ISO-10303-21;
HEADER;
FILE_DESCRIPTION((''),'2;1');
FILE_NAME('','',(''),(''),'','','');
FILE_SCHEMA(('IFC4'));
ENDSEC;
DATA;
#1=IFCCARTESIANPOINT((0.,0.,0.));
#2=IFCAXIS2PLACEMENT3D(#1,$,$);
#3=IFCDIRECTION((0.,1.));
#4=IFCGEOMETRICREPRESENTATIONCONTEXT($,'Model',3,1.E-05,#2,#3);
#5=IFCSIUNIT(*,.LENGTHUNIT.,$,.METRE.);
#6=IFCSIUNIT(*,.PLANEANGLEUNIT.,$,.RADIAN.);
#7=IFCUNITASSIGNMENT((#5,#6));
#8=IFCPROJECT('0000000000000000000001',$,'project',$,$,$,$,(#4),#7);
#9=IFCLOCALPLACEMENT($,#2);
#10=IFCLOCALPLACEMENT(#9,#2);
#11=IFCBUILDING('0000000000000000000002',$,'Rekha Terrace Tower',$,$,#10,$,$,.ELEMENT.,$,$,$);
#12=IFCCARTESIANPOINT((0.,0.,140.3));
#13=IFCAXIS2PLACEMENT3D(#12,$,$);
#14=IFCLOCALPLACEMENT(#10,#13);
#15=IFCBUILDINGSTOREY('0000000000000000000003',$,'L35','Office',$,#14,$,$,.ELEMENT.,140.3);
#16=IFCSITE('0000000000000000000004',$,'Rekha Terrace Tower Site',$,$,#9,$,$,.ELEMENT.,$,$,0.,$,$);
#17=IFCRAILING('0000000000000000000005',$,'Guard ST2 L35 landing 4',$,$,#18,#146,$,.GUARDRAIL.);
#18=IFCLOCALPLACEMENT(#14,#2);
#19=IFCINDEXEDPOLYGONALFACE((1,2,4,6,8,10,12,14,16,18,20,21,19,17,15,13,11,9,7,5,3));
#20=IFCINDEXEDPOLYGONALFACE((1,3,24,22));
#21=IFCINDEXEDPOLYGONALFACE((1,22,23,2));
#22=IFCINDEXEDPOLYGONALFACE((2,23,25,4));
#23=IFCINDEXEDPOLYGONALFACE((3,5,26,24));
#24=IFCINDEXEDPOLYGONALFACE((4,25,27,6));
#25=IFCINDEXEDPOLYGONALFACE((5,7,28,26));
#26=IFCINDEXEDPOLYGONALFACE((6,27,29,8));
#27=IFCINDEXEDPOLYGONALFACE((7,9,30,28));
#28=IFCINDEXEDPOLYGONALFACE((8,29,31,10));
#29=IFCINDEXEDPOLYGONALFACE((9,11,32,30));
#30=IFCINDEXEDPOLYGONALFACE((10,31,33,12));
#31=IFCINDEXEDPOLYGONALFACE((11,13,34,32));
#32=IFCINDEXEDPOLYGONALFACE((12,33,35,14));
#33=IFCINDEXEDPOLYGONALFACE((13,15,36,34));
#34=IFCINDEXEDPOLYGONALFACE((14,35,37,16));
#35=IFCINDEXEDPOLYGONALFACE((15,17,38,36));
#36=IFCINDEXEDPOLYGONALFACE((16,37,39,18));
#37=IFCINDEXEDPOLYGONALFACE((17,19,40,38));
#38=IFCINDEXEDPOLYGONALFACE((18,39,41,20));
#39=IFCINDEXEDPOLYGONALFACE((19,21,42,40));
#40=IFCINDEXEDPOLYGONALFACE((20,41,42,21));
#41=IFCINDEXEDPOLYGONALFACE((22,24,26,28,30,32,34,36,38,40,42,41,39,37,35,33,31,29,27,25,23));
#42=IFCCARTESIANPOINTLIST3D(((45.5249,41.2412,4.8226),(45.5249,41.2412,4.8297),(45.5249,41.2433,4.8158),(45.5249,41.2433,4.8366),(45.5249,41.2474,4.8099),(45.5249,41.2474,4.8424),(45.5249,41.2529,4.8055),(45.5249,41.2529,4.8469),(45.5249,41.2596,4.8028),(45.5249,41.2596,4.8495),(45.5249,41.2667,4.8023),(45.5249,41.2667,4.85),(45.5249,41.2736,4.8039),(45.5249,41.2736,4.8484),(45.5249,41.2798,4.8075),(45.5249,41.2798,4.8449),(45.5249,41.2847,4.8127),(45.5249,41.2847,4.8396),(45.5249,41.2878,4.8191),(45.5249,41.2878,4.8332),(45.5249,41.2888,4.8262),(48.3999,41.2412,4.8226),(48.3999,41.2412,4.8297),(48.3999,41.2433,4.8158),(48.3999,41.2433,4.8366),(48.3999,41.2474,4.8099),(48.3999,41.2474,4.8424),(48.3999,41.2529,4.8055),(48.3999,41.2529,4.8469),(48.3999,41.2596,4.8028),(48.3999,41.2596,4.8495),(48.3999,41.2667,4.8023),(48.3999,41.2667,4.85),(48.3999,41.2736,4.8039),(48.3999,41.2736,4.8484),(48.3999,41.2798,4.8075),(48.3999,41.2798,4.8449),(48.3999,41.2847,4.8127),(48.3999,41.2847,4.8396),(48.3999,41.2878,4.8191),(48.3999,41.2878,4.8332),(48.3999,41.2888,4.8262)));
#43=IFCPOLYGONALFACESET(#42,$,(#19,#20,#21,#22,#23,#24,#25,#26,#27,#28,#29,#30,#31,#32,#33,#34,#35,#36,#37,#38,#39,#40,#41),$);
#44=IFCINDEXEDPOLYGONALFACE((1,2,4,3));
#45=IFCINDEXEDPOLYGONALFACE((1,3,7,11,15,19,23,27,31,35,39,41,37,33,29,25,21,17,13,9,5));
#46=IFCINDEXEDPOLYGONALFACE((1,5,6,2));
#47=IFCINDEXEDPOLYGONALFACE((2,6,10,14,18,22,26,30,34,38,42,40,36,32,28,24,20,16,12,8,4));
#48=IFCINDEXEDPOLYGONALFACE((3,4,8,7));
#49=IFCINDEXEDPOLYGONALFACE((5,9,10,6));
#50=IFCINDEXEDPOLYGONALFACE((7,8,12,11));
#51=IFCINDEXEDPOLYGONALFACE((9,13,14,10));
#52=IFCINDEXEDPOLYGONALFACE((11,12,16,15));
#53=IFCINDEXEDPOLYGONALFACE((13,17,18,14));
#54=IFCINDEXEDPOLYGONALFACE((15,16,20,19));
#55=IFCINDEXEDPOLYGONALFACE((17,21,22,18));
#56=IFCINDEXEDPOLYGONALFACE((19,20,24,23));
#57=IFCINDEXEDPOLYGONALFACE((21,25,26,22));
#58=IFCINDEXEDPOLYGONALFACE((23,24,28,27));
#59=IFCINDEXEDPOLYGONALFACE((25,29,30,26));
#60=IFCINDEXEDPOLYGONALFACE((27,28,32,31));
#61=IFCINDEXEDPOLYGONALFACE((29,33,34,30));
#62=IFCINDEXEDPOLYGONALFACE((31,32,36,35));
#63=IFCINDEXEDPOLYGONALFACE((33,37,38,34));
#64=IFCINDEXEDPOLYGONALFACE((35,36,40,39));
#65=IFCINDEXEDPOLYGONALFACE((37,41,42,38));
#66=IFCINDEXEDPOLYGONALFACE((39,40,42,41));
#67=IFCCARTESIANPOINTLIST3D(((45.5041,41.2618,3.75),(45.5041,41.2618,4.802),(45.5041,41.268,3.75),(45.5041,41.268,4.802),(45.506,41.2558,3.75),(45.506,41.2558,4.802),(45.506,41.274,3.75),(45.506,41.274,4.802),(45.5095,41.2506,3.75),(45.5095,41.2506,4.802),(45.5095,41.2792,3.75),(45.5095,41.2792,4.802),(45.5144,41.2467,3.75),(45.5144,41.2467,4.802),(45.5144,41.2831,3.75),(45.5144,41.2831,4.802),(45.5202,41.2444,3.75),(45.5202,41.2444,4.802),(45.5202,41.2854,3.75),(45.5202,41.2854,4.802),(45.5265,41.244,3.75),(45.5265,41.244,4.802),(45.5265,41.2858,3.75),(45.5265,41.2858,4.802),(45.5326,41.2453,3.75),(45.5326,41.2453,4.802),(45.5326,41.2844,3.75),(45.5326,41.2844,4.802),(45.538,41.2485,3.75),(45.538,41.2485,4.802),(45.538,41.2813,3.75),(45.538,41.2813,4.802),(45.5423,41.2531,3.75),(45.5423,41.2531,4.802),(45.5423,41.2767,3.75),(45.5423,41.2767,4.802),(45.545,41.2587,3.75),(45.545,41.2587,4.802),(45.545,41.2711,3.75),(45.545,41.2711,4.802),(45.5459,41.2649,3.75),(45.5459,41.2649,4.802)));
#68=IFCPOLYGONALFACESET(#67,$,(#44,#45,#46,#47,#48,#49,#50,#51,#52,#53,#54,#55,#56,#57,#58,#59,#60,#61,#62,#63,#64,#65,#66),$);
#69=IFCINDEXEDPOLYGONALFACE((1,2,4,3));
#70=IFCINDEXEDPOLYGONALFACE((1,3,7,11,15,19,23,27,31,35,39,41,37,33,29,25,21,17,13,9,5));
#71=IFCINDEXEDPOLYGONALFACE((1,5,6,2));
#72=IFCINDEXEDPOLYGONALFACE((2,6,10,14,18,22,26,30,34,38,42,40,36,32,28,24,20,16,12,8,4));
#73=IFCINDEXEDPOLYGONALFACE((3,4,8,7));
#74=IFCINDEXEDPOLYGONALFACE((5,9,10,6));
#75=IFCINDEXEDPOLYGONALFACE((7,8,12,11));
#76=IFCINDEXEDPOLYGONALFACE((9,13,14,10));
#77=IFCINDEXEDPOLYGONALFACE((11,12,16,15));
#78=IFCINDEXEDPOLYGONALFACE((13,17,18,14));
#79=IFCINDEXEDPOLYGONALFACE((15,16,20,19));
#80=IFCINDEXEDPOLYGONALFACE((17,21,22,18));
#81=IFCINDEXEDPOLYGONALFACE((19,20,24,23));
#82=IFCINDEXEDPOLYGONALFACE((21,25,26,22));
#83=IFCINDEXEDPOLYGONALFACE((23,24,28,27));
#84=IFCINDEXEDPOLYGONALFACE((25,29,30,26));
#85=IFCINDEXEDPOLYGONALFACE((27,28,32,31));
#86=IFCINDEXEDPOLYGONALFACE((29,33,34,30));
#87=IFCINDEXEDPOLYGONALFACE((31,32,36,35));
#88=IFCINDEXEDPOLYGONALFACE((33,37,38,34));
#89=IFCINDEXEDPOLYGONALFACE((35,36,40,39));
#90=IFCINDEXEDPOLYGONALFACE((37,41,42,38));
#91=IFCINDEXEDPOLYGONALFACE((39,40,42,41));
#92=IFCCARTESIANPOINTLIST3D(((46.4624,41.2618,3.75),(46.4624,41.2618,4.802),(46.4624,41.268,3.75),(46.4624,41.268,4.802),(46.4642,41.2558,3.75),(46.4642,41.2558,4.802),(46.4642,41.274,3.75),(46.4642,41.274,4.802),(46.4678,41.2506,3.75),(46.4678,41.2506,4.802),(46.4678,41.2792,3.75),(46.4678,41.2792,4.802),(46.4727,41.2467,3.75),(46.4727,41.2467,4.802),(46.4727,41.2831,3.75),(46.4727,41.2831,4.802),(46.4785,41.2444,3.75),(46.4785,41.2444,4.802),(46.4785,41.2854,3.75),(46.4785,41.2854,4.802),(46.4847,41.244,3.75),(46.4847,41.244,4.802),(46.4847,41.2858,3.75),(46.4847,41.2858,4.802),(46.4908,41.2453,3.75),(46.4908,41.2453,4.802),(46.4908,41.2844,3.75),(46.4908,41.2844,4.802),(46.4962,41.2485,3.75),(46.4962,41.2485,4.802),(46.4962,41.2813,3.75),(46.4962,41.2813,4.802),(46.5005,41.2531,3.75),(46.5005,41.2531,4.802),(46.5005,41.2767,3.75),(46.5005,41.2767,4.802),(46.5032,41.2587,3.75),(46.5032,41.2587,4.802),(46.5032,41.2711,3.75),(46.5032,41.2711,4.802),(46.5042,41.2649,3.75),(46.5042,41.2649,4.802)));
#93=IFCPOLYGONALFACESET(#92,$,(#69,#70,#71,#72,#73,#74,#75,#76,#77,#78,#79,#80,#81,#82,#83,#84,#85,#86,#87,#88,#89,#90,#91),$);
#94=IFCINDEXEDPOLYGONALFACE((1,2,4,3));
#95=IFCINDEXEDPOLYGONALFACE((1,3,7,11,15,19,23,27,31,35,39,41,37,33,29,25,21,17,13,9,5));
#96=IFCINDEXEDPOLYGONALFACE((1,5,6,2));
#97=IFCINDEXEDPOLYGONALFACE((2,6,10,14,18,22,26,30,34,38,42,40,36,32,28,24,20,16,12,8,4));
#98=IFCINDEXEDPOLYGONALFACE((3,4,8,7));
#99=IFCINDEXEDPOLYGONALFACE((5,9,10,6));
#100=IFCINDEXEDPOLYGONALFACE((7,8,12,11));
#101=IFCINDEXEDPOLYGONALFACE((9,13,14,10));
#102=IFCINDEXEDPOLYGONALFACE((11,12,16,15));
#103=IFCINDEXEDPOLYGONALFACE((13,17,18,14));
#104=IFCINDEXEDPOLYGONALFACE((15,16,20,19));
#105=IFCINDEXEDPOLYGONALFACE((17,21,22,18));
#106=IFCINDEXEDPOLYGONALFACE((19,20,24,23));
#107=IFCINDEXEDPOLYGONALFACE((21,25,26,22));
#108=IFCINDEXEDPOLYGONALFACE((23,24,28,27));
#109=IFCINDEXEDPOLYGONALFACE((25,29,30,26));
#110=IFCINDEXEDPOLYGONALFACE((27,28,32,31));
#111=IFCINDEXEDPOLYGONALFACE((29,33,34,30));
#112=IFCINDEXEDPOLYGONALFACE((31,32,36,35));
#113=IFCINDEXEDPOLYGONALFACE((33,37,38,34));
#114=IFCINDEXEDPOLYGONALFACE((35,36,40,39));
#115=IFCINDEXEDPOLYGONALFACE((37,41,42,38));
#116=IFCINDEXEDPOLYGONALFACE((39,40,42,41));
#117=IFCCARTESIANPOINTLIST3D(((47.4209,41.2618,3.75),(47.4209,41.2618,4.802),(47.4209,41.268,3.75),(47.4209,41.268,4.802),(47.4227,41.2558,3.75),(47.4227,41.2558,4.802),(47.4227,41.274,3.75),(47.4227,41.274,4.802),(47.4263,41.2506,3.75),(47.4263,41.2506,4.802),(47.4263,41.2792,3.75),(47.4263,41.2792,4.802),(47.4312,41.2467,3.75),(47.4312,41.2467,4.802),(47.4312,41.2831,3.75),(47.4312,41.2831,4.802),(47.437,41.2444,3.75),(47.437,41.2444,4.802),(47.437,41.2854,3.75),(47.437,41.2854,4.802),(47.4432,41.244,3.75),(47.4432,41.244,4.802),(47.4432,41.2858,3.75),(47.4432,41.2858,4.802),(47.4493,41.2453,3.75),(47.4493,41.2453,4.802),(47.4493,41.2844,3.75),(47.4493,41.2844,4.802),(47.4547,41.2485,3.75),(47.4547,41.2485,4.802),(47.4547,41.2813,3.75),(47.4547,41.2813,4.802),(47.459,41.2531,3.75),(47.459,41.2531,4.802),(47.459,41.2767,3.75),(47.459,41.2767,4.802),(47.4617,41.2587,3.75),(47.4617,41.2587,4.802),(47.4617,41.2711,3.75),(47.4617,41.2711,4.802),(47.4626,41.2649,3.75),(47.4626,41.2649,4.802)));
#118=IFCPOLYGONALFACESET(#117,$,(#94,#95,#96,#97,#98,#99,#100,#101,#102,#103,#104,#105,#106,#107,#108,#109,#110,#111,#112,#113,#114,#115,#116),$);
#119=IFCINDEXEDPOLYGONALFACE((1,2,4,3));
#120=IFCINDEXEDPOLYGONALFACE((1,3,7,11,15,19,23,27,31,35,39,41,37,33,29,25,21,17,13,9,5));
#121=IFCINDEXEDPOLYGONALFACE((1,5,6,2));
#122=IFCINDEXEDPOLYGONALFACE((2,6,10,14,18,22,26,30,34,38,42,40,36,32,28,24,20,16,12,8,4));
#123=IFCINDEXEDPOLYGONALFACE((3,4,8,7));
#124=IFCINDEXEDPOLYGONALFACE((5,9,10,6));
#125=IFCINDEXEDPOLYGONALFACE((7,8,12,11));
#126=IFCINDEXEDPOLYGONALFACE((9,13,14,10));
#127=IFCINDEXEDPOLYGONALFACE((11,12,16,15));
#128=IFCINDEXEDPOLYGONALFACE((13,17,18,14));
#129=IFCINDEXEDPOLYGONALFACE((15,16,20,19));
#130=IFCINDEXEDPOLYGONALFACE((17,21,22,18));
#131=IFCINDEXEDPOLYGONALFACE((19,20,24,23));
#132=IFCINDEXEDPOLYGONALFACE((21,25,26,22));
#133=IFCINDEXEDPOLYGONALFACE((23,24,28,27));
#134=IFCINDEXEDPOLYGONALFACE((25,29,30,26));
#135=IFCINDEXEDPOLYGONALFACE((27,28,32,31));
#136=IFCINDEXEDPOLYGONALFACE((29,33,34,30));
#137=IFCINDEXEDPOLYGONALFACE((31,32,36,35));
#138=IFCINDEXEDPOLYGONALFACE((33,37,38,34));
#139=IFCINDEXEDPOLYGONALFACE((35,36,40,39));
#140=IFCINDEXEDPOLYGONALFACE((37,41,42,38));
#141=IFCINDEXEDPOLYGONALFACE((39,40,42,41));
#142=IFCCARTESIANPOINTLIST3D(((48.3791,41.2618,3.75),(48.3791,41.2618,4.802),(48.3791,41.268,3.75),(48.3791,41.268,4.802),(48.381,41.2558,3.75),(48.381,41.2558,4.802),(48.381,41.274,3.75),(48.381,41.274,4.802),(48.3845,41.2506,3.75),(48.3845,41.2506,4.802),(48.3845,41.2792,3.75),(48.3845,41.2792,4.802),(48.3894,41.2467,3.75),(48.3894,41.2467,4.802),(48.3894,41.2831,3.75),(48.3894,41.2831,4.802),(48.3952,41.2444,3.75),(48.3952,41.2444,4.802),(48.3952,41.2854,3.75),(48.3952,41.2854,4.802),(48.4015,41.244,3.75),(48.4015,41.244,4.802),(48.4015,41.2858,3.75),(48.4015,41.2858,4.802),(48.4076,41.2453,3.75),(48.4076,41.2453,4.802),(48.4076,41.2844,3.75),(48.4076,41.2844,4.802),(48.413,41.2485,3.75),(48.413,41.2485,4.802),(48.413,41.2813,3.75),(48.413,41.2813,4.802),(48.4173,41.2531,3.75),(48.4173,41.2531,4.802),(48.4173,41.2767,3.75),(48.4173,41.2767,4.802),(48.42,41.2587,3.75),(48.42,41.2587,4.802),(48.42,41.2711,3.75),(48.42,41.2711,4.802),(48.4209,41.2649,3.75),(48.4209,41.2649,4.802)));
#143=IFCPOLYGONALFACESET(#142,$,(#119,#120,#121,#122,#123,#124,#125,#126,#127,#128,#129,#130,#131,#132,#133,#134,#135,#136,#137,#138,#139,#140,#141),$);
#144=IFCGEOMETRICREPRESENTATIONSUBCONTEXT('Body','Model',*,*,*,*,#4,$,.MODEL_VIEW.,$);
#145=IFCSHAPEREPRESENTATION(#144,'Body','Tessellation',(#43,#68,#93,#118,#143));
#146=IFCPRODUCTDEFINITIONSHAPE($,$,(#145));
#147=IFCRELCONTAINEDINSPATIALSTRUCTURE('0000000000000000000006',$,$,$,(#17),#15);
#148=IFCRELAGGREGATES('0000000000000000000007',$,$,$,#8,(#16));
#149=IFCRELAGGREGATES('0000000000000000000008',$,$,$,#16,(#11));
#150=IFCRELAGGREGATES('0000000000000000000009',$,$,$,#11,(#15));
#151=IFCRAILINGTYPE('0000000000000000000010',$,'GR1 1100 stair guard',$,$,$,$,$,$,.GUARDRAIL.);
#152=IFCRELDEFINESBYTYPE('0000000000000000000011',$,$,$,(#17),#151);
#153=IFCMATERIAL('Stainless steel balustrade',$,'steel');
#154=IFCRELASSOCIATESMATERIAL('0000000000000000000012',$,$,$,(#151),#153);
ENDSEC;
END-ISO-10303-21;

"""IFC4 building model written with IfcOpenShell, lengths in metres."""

from ifc_helpers import new_model, si_unit, direction, frame, origin, origin_2d, place, context, subcontext, project, spatial, circle, extrude, material, type_object, element, save


model = new_model("IFC4")

# Units and contexts
model_context = context("Model", 3, precision=1e-05, world=origin(), true_north=direction((0.0, 1.0)))
body_context = subcontext(model_context, "Body", "Model", "MODEL_VIEW")
ifc_project = project(units=[si_unit("LENGTHUNIT", "METRE"), si_unit("PLANEANGLEUNIT", "RADIAN")], contexts=[model_context])

# Site, building, storey
site_placement = place(None, origin())
site = spatial("IfcSite", under=ifc_project, at=site_placement, Name="Rekha Terrace Tower Site", CompositionType="ELEMENT", RefElevation=0.0)
building_placement = place(site_placement, origin())
building = spatial("IfcBuilding", under=site, at=building_placement, Name="Rekha Terrace Tower", CompositionType="ELEMENT")
storey_placement = place(building_placement, frame((0.0, 0.0, 140.3)))
storey = spatial("IfcBuildingStorey", under=building, at=storey_placement, Name="L35", Description="Office", CompositionType="ELEMENT", Elevation=140.3)

# Railing
ifc_material_1 = material(Name="Stainless steel balustrade", Category="steel")
railing_type_1 = type_object("IfcRailingType", Name="GR1 1100 stair guard", PredefinedType="GUARDRAIL", material=ifc_material_1)
railing_1_placement = place(storey_placement, frame((45.5249, 41.2649, 3.75)))
element("IfcRailing", 1, at=railing_1_placement, inside=storey, type_object=railing_type_1, Name="Guard ST2 L35 landing 4", PredefinedType="GUARDRAIL", context=body_context, shape_type="SweptSolid", body=[
    extrude(circle(Radius=0.0239, at=origin_2d()), frame((0.0, 0.0, 1.0762), z_axis=(1.0, 0.0, 0.0), x_axis=(0.0, 1.0, 0.0)), (0.0, 0.0, 1.0), 2.875),
    extrude(circle(Radius=0.021, at=origin_2d()), origin(), (0.0, 0.0, 1.0), 1.052),
    extrude(circle(Radius=0.021, at=origin_2d()), frame((0.9583, 0.0, 0.0)), (0.0, 0.0, 1.0), 1.052),
    extrude(circle(Radius=0.021, at=origin_2d()), frame((1.9167, 0.0, 0.0)), (0.0, 0.0, 1.0), 1.052),
    extrude(circle(Radius=0.021, at=origin_2d()), frame((2.875, 0.0, 0.0)), (0.0, 0.0, 1.0), 1.052),
])

save(model, "model.ifc")
